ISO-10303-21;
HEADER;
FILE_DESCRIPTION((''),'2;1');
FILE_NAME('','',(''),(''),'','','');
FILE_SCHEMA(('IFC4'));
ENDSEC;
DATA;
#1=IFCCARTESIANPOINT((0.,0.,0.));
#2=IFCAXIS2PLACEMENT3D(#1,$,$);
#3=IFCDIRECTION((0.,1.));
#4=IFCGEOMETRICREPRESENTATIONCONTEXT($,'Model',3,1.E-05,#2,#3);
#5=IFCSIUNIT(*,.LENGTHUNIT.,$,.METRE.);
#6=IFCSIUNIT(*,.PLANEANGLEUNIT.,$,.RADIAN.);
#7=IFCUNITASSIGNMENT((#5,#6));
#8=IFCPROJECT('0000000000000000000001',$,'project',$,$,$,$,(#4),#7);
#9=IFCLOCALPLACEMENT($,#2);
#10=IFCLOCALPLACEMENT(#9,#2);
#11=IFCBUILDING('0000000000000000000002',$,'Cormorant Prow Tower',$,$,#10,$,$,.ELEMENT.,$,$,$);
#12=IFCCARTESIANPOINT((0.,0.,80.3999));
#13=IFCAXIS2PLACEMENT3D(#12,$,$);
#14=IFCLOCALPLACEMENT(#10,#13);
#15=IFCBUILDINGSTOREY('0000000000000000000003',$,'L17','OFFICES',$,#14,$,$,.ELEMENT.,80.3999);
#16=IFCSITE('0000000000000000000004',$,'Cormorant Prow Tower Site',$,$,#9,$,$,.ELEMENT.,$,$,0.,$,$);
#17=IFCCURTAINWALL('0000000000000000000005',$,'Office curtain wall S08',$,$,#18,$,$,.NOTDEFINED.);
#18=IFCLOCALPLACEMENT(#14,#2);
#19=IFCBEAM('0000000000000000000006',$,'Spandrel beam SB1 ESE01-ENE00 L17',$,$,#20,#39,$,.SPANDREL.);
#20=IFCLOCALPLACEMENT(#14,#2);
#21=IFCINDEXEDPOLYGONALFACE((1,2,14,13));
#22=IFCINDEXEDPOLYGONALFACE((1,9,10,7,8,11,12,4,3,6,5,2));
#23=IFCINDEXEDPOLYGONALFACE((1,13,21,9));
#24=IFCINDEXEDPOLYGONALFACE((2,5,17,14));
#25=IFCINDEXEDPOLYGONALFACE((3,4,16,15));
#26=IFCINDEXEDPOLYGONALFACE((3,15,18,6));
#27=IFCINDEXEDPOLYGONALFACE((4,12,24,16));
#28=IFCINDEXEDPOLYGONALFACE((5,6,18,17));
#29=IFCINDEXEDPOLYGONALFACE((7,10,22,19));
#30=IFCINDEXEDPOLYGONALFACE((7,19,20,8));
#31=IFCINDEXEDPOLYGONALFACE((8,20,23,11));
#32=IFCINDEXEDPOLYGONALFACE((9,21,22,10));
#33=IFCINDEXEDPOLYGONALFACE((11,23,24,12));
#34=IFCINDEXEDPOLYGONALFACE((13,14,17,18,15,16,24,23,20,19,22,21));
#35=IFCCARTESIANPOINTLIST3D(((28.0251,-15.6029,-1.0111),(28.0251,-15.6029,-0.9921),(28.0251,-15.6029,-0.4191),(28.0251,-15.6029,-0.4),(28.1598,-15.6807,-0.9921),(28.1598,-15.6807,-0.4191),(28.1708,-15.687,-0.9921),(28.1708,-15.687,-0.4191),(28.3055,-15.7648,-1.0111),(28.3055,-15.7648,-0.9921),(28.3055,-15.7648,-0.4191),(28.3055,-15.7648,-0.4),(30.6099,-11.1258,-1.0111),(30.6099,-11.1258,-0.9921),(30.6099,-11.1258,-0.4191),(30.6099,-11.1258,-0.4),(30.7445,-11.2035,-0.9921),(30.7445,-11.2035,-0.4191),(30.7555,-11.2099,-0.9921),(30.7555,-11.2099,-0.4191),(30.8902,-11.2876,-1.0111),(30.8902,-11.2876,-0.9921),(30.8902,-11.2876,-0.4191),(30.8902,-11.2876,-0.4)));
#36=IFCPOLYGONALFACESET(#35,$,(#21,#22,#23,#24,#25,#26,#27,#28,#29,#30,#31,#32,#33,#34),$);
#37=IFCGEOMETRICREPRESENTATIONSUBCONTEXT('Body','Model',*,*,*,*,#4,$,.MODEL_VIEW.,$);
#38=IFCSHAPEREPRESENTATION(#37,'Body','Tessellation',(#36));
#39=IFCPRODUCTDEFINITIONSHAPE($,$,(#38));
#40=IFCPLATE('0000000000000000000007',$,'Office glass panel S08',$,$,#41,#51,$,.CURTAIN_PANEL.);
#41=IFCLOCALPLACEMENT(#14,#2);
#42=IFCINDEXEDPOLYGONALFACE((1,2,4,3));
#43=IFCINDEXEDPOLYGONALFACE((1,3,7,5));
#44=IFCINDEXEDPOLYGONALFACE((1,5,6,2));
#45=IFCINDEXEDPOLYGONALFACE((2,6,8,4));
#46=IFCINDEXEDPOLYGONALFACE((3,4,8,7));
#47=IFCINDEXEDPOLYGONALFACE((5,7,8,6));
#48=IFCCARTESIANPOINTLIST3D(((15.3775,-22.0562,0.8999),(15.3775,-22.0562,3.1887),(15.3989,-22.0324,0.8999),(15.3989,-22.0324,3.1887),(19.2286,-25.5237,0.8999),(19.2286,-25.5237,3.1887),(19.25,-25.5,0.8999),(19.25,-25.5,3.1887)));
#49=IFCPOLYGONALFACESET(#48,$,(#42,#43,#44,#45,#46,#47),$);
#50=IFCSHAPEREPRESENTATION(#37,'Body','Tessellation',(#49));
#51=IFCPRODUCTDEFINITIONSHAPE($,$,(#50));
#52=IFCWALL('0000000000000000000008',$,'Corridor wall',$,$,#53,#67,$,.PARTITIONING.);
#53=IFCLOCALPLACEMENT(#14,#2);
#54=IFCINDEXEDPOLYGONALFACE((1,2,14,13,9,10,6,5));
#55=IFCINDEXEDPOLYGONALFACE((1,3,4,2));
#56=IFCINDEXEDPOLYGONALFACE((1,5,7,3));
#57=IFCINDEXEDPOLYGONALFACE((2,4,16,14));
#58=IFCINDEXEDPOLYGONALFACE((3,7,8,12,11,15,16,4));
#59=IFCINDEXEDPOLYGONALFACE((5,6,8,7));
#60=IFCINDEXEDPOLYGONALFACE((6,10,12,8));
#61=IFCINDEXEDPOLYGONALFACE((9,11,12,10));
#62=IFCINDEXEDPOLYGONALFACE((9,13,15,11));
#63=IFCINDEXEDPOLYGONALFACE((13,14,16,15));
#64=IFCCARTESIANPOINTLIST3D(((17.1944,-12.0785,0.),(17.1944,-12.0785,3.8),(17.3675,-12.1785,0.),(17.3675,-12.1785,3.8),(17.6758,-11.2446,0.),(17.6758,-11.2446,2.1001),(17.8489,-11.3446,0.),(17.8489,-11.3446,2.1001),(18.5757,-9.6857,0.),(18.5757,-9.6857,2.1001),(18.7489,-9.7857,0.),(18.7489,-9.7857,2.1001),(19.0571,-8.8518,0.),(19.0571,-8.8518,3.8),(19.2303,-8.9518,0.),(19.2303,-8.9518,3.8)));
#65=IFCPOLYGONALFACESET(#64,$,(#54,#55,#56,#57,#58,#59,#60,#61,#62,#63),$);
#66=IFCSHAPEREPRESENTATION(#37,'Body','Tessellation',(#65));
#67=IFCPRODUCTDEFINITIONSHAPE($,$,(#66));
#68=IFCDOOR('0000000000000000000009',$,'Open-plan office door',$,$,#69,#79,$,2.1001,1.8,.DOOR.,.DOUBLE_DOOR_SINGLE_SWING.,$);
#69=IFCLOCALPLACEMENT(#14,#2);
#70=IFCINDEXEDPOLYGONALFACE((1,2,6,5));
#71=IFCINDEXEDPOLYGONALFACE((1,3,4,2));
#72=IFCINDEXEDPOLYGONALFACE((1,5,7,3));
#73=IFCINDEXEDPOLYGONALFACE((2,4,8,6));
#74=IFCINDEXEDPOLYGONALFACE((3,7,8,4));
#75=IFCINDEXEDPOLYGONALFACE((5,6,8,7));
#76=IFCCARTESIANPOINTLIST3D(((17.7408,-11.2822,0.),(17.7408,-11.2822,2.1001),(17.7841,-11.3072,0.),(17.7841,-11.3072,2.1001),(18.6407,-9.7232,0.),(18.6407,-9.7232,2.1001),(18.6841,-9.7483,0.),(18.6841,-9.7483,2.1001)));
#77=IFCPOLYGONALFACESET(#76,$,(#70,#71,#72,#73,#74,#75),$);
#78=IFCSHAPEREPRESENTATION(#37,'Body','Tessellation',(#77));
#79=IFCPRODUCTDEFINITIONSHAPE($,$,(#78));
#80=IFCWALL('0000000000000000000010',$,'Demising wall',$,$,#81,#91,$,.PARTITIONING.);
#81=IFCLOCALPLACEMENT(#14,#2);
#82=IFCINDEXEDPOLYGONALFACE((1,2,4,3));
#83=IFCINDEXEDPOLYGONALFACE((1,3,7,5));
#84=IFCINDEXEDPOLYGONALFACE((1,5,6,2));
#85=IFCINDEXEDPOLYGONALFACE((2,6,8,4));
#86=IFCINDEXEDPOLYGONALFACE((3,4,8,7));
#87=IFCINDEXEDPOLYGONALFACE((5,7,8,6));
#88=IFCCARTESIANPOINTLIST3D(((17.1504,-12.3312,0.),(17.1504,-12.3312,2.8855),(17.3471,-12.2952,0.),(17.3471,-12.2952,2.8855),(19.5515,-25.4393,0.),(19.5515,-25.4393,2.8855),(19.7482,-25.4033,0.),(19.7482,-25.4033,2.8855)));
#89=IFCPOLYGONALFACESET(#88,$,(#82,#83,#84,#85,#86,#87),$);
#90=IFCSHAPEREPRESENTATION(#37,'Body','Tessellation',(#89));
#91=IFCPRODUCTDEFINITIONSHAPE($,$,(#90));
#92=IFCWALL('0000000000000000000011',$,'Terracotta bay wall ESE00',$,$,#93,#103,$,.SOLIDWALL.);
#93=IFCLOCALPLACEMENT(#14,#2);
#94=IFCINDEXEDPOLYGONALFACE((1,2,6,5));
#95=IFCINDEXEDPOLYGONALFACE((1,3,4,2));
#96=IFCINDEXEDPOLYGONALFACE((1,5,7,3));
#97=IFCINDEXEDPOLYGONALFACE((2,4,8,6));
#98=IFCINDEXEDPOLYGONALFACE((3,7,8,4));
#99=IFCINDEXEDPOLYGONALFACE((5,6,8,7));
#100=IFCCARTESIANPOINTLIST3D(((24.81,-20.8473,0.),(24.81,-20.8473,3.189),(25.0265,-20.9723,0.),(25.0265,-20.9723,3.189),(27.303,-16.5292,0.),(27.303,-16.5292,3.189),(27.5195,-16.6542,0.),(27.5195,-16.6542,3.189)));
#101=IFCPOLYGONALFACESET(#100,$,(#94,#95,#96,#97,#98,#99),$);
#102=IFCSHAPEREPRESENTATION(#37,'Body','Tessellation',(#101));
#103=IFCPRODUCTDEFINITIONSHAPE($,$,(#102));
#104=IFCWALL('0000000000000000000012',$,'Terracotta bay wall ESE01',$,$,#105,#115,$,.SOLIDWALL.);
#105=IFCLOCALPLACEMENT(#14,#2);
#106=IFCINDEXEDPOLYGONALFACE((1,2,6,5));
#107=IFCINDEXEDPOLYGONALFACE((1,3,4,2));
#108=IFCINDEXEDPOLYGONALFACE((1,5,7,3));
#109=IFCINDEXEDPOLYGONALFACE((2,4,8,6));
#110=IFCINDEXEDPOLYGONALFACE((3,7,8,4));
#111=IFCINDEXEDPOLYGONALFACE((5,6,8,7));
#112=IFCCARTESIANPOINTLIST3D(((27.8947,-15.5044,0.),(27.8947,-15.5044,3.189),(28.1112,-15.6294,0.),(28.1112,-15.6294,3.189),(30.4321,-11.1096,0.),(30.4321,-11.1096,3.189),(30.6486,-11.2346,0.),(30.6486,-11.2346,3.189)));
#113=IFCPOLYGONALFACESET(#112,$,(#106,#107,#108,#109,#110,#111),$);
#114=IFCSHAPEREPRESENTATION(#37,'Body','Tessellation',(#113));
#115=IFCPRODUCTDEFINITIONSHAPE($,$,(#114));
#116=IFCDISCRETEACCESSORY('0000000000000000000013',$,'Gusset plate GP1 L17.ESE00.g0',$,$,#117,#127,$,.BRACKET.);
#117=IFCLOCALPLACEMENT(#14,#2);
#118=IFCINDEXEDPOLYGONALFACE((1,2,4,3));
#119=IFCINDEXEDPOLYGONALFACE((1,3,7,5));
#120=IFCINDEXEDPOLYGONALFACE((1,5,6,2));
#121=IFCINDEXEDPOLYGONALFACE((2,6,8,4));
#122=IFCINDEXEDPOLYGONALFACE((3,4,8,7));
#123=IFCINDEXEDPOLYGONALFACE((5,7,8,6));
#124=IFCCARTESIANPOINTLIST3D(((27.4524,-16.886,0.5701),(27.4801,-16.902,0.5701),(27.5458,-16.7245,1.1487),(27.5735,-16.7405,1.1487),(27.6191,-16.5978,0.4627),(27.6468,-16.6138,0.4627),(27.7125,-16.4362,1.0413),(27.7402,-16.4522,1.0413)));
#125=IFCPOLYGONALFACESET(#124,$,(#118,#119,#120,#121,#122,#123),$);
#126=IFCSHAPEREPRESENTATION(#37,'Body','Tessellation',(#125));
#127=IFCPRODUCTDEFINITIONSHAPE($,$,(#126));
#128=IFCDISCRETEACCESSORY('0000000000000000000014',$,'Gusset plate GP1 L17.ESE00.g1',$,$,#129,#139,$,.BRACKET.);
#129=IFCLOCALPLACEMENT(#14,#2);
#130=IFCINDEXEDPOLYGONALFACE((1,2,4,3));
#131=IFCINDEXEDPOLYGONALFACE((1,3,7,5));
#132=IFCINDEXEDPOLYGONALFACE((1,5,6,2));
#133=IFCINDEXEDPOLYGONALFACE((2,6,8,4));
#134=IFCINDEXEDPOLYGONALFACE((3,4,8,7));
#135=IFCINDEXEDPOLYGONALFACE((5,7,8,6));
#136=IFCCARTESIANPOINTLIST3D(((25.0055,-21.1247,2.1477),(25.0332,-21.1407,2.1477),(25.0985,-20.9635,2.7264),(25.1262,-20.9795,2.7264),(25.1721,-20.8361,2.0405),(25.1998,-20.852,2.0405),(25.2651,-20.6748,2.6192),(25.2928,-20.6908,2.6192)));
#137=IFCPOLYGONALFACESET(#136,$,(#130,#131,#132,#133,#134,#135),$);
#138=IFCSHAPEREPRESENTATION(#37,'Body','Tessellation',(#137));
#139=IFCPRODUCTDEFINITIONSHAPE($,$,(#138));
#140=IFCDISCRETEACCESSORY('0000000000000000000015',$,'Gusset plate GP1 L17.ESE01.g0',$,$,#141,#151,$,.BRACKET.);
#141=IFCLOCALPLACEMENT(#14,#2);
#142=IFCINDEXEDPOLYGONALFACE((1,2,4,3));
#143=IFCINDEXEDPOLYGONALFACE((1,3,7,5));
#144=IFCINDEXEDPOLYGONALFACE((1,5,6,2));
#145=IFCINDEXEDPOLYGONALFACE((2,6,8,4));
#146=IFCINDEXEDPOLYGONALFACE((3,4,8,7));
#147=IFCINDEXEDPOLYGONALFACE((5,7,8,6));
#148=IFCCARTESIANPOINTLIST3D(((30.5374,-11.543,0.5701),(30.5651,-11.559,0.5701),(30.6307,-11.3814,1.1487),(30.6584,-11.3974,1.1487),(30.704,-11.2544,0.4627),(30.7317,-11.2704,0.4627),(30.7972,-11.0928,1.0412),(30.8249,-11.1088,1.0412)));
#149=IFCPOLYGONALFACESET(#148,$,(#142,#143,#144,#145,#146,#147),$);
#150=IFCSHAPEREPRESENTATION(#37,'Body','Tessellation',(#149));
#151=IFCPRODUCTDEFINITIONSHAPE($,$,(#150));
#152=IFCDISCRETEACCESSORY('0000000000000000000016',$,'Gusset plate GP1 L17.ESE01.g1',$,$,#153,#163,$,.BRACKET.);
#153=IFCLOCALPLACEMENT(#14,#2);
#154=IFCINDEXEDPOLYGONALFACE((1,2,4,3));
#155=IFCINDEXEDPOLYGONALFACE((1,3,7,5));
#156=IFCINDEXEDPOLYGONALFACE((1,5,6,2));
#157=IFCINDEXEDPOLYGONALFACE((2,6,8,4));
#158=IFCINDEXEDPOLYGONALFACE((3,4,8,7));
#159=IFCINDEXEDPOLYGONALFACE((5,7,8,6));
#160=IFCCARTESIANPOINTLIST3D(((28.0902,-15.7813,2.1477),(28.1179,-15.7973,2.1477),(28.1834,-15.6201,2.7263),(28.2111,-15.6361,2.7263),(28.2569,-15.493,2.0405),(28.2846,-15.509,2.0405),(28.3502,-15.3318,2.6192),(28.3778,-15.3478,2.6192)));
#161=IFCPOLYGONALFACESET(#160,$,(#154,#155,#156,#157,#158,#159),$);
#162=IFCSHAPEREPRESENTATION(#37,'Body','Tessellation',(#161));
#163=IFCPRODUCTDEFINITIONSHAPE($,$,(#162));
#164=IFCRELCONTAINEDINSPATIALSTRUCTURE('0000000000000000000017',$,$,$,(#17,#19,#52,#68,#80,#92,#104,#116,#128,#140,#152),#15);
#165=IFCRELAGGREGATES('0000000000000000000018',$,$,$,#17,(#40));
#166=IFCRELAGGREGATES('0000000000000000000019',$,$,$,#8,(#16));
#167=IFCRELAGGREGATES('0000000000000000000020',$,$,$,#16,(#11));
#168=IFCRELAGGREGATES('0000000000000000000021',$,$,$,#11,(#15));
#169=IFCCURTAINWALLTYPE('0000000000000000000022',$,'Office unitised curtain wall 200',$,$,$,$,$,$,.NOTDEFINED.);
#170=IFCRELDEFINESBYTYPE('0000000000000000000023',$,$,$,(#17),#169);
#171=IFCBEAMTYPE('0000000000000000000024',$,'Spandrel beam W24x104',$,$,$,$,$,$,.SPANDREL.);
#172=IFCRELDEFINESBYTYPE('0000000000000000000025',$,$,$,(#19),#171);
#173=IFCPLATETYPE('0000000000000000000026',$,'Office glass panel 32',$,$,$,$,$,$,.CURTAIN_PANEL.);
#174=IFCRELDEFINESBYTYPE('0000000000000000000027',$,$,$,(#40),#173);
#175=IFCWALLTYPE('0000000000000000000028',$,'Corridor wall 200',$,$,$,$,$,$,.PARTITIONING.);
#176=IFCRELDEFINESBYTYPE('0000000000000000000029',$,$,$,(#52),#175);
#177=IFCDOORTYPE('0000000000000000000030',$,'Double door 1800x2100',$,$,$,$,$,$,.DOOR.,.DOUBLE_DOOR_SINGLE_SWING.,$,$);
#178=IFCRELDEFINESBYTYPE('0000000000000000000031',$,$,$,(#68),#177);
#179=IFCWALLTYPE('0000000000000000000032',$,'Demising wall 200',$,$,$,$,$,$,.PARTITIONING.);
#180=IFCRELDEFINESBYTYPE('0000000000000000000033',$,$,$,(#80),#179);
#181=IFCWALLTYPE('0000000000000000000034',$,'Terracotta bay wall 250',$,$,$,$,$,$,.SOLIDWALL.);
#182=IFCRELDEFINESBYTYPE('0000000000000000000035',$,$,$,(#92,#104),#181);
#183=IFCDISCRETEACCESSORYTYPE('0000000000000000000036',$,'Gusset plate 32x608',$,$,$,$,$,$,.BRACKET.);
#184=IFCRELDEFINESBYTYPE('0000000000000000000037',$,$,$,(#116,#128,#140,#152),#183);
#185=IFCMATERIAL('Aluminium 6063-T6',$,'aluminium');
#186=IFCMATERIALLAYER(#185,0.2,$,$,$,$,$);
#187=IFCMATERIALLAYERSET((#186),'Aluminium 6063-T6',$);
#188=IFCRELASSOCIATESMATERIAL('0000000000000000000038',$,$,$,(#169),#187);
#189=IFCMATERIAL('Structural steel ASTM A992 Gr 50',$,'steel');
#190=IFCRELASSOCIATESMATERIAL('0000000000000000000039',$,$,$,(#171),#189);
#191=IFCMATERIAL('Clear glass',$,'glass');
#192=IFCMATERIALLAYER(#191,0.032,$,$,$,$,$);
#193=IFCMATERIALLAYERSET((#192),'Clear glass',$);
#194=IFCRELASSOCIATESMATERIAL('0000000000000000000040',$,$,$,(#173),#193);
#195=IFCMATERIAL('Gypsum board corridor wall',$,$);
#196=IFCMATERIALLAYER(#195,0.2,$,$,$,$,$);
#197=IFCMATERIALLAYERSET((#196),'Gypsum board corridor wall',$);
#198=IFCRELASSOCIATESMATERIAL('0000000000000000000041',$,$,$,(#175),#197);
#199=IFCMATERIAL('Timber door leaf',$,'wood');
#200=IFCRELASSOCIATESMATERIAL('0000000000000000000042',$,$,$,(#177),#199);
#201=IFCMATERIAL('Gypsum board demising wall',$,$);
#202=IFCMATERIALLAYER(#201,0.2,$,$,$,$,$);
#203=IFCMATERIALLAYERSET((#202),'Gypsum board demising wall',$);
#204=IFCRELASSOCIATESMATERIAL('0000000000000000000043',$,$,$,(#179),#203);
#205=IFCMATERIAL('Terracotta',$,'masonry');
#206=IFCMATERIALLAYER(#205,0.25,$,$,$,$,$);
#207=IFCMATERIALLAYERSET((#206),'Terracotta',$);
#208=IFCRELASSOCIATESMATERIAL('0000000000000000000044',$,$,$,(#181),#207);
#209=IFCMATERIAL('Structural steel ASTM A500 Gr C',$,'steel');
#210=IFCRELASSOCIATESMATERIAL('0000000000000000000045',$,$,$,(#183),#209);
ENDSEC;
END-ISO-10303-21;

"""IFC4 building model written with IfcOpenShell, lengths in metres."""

from ifc_helpers import new_model, si_unit, direction, frame, frame_2d, origin, origin_2d, place, context, subcontext, project, spatial, rectangle, i_section, extrude, material, layer, layer_set, material_profile, profile_set, type_object, element, fill, aggregate, save


model = new_model("IFC4")

# Units and contexts
model_context = context("Model", 3, precision=1e-05, world=origin(), true_north=direction((0.0, 1.0)))
body_context = subcontext(model_context, "Body", "Model", "MODEL_VIEW")
ifc_project = project(units=[si_unit("LENGTHUNIT", "METRE"), si_unit("PLANEANGLEUNIT", "RADIAN")], contexts=[model_context])

# Site, building, storey
site_placement = place(None, origin())
site = spatial("IfcSite", under=ifc_project, at=site_placement, Name="Cormorant Prow Tower Site", CompositionType="ELEMENT", RefElevation=0.0)
building_placement = place(site_placement, origin())
building = spatial("IfcBuilding", under=site, at=building_placement, Name="Cormorant Prow Tower", CompositionType="ELEMENT")
storey_placement = place(building_placement, frame((0.0, 0.0, 80.3999)))
storey = spatial("IfcBuildingStorey", under=building, at=storey_placement, Name="L17", Description="OFFICES", CompositionType="ELEMENT", Elevation=80.3999)

# Curtain wall
ifc_material_1 = material(Name="Aluminium 6063-T6", Category="aluminium")
ifc_layer_1 = layer(ifc_material_1, 0.2)
ifc_layer_set_1 = layer_set([ifc_layer_1], Name="Aluminium 6063-T6")
curtain_wall_type = type_object("IfcCurtainWallType", Name="Office unitised curtain wall 200", PredefinedType="NOTDEFINED", material=ifc_layer_set_1)
curtain_wall_placement = place(storey_placement, origin())
curtain_wall = element("IfcCurtainWall", 1, at=curtain_wall_placement, inside=storey, type_object=curtain_wall_type, Name="Office curtain wall S08", PredefinedType="NOTDEFINED")

# Beam
ifc_material_2 = material(Name="Structural steel ASTM A992 Gr 50", Category="steel")
ifc_material_profile_1 = material_profile(ifc_material_2, i_section(OverallWidth=0.3237, OverallDepth=0.6111, WebThickness=0.0127, FlangeThickness=0.019, at=origin_2d()), Name="W24x104")
ifc_profile_set_1 = profile_set([ifc_material_profile_1], Name="Structural steel ASTM A992 Gr 50")
beam_type_1 = type_object("IfcBeamType", Name="Spandrel beam W24x104", PredefinedType="SPANDREL", material=ifc_profile_set_1)
for number, where, z_axis, x_axis, name in (
    (2, (28.1653, -15.6838, -0.7056), (0.499984, 0.866035, 0.0), (-0.866035, 0.499984, 0.0), "Spandrel beam SB1 ESE01-ENE00 L17"),
):
    element("IfcBeam", number, at=place(storey_placement, frame(where, z_axis=z_axis, x_axis=x_axis)), inside=storey, type_object=beam_type_1, Name=name, PredefinedType="SPANDREL", context=body_context, shape_type="SweptSolid", body=[
        extrude(i_section(OverallWidth=0.3237, OverallDepth=0.6111, WebThickness=0.0127, FlangeThickness=0.019, at=origin_2d()), origin(), (0.0, 0.0, 1.0), 5.1697),
    ])

# Plate
ifc_material_3 = material(Name="Clear glass", Category="glass")
ifc_layer_2 = layer(ifc_material_3, 0.032)
ifc_layer_set_2 = layer_set([ifc_layer_2], Name="Clear glass")
plate_type = type_object("IfcPlateType", Name="Office glass panel 32", PredefinedType="CURTAIN_PANEL", material=ifc_layer_set_2)
plate_placement = place(storey_placement, frame((17.3137, -23.7781, 0.8999), z_axis=(0.0, 0.0, 1.0), x_axis=(0.743145, -0.669131, 0.0)))
plate = element("IfcPlate", 3, at=plate_placement, type_object=plate_type, Name="Office glass panel S08", PredefinedType="CURTAIN_PANEL", context=body_context, shape_type="SweptSolid", body=[
    extrude(rectangle(XDim=5.1821, YDim=0.032, at=origin_2d()), origin(), (0.0, 0.0, 1.0), 2.2888),
])
aggregate(curtain_wall, [plate])

# Wall, opening, door
ifc_material_4 = material(Name="Gypsum board corridor wall")
ifc_layer_3 = layer(ifc_material_4, 0.2)
ifc_layer_set_3 = layer_set([ifc_layer_3], Name="Gypsum board corridor wall")
wall_type_1 = type_object("IfcWallType", Name="Corridor wall 200", PredefinedType="PARTITIONING", material=ifc_layer_set_3)
wall_1_placement = place(storey_placement, frame((17.281, -12.1284, 0.0), z_axis=(0.0, 0.0, 1.0), x_axis=(0.499959, 0.866049, 0.0)))
wall_1 = element("IfcWall", 4, at=wall_1_placement, inside=storey, type_object=wall_type_1, Name="Corridor wall", PredefinedType="PARTITIONING", context=body_context, shape_type="SweptSolid", body=[
    extrude(rectangle(XDim=3.7258, YDim=0.2, at=frame_2d((1.8628, 0.0))), origin(), (0.0, 0.0, 1.0), 3.8),
])
opening_1_placement = place(wall_1_placement, frame((0.9629, 0.0, 0.0)))
opening_1 = element("IfcOpeningElement", 5, at=opening_1_placement, cuts=wall_1, PredefinedType="OPENING", context=body_context, shape_type="SweptSolid", body=[
    extrude(rectangle(XDim=1.8, YDim=2.1001, at=frame_2d((0.8999, 1.05))), frame((0.0, 0.1099, 0.0), z_axis=(0.0, -1.0, 0.0), x_axis=(1.0, 0.0, 0.0)), (0.0, 0.0, 1.0), 0.22),
])
ifc_material_5 = material(Name="Timber door leaf", Category="wood")
door_type_1 = type_object("IfcDoorType", Name="Double door 1800x2100", OperationType="DOUBLE_DOOR_SINGLE_SWING", PredefinedType="DOOR", material=ifc_material_5)
door_1_placement = place(opening_1_placement, origin())
door_1 = element("IfcDoor", 6, at=door_1_placement, inside=storey, type_object=door_type_1, Name="Open-plan office door", OperationType="DOUBLE_DOOR_SINGLE_SWING", OverallHeight=2.1001, OverallWidth=1.8, PredefinedType="DOOR", context=body_context, shape_type="SweptSolid", body=[
    extrude(rectangle(XDim=1.8, YDim=2.1001, at=frame_2d((0.8999, 1.05))), frame((0.0, 0.0249, 0.0), z_axis=(0.0, -1.0, 0.0), x_axis=(1.0, 0.0, 0.0)), (0.0, 0.0, 1.0), 0.05),
])
fill(opening_1, door_1)

# Walls
ifc_material_6 = material(Name="Gypsum board demising wall")
ifc_layer_4 = layer(ifc_material_6, 0.2)
ifc_layer_set_4 = layer_set([ifc_layer_4], Name="Gypsum board demising wall")
wall_type_2 = type_object("IfcWallType", Name="Demising wall 200", PredefinedType="PARTITIONING", material=ifc_layer_set_4)
wall_2_placement = place(storey_placement, frame((17.2488, -12.3132, 0.0), z_axis=(0.0, 0.0, 1.0), x_axis=(0.18018, -0.983634, 0.0)))
element("IfcWall", 7, at=wall_2_placement, inside=storey, type_object=wall_type_2, Name="Demising wall", PredefinedType="PARTITIONING", context=body_context, shape_type="SweptSolid", body=[
    extrude(rectangle(XDim=13.3262, YDim=0.2, at=frame_2d((6.6631, 0.0))), origin(), (0.0, 0.0, 1.0), 2.8855),
])
ifc_material_7 = material(Name="Terracotta", Category="masonry")
ifc_layer_5 = layer(ifc_material_7, 0.25)
ifc_layer_set_5 = layer_set([ifc_layer_5], Name="Terracotta")
wall_type_3 = type_object("IfcWallType", Name="Terracotta bay wall 250", PredefinedType="SOLIDWALL", material=ifc_layer_set_5)
wall_3_placement = place(storey_placement, frame((24.9182, -20.9099, 0.0), z_axis=(0.0, 0.0, 1.0), x_axis=(0.499978, 0.866038, 0.0)))
element("IfcWall", 8, at=wall_3_placement, inside=storey, type_object=wall_type_3, Name="Terracotta bay wall ESE00", PredefinedType="SOLIDWALL", context=body_context, shape_type="SweptSolid", body=[
    extrude(rectangle(XDim=4.9861, YDim=0.25, at=frame_2d((2.4932, 0.0))), origin(), (0.0, 0.0, 1.0), 3.189),
])
wall_4_placement = place(storey_placement, frame((28.0029, -15.5669, 0.0), z_axis=(0.0, 0.0, 1.0), x_axis=(0.500004, 0.866023, 0.0)))
element("IfcWall", 9, at=wall_4_placement, inside=storey, type_object=wall_type_3, Name="Terracotta bay wall ESE01", PredefinedType="SOLIDWALL", context=body_context, shape_type="SweptSolid", body=[
    extrude(rectangle(XDim=5.0747, YDim=0.25, at=frame_2d((2.5374, 0.0))), origin(), (0.0, 0.0, 1.0), 3.189),
])

# Discrete accessories
ifc_material_8 = material(Name="Structural steel ASTM A500 Gr C", Category="steel")
ifc_material_profile_2 = material_profile(ifc_material_8, rectangle(XDim=0.032, YDim=0.6079, at=origin_2d()), Name="Gusset plate 32x608")
ifc_profile_set_2 = profile_set([ifc_material_profile_2], Name="Structural steel ASTM A500 Gr C")
discrete_accessory_type = type_object("IfcDiscreteAccessoryType", Name="Gusset plate 32x608", PredefinedType="BRACKET", material=ifc_profile_set_2)
discrete_accessory_1_placement = place(storey_placement, frame((27.5129, -16.8132, 0.8594), z_axis=(0.476465, 0.823872, -0.306946), x_axis=(-0.86566, 0.500632, 0.0)))
element("IfcDiscreteAccessory", 10, at=discrete_accessory_1_placement, inside=storey, type_object=discrete_accessory_type, Name="Gusset plate GP1 L17.ESE00.g0", PredefinedType="BRACKET", context=body_context, shape_type="SweptSolid", body=[
    extrude(rectangle(XDim=0.032, YDim=0.6079, at=origin_2d()), origin(), (0.0, 0.0, 1.0), 0.3499),
])
for number, where, z_axis, x_axis, name in (
    (11, (25.2324, -20.7634, 2.3298), (-0.475753, -0.824546, 0.30624), (0.866161, -0.499765, 0.0), "Gusset plate GP1 L17.ESE00.g1"),
    (12, (30.5979, -11.4702, 0.8594), (0.475652, 0.82437, -0.306872), (-0.866161, 0.499765, 0.0), "Gusset plate GP1 L17.ESE01.g0"),
):
    element("IfcDiscreteAccessory", number, at=place(storey_placement, frame(where, z_axis=z_axis, x_axis=x_axis)), inside=storey, type_object=discrete_accessory_type, Name=name, PredefinedType="BRACKET", context=body_context, shape_type="SweptSolid", body=[
        extrude(rectangle(XDim=0.032, YDim=0.6079, at=origin_2d()), origin(), (0.0, 0.0, 1.0), 0.3501),
    ])
discrete_accessory_2_placement = place(storey_placement, frame((28.3174, -15.4204, 2.3298), z_axis=(-0.476567, -0.824048, 0.306314), x_axis=(0.86566, -0.500632, 0.0)))
element("IfcDiscreteAccessory", 13, at=discrete_accessory_2_placement, inside=storey, type_object=discrete_accessory_type, Name="Gusset plate GP1 L17.ESE01.g1", PredefinedType="BRACKET", context=body_context, shape_type="SweptSolid", body=[
    extrude(rectangle(XDim=0.032, YDim=0.6079, at=origin_2d()), origin(), (0.0, 0.0, 1.0), 0.3499),
])

save(model, "model.ifc")
